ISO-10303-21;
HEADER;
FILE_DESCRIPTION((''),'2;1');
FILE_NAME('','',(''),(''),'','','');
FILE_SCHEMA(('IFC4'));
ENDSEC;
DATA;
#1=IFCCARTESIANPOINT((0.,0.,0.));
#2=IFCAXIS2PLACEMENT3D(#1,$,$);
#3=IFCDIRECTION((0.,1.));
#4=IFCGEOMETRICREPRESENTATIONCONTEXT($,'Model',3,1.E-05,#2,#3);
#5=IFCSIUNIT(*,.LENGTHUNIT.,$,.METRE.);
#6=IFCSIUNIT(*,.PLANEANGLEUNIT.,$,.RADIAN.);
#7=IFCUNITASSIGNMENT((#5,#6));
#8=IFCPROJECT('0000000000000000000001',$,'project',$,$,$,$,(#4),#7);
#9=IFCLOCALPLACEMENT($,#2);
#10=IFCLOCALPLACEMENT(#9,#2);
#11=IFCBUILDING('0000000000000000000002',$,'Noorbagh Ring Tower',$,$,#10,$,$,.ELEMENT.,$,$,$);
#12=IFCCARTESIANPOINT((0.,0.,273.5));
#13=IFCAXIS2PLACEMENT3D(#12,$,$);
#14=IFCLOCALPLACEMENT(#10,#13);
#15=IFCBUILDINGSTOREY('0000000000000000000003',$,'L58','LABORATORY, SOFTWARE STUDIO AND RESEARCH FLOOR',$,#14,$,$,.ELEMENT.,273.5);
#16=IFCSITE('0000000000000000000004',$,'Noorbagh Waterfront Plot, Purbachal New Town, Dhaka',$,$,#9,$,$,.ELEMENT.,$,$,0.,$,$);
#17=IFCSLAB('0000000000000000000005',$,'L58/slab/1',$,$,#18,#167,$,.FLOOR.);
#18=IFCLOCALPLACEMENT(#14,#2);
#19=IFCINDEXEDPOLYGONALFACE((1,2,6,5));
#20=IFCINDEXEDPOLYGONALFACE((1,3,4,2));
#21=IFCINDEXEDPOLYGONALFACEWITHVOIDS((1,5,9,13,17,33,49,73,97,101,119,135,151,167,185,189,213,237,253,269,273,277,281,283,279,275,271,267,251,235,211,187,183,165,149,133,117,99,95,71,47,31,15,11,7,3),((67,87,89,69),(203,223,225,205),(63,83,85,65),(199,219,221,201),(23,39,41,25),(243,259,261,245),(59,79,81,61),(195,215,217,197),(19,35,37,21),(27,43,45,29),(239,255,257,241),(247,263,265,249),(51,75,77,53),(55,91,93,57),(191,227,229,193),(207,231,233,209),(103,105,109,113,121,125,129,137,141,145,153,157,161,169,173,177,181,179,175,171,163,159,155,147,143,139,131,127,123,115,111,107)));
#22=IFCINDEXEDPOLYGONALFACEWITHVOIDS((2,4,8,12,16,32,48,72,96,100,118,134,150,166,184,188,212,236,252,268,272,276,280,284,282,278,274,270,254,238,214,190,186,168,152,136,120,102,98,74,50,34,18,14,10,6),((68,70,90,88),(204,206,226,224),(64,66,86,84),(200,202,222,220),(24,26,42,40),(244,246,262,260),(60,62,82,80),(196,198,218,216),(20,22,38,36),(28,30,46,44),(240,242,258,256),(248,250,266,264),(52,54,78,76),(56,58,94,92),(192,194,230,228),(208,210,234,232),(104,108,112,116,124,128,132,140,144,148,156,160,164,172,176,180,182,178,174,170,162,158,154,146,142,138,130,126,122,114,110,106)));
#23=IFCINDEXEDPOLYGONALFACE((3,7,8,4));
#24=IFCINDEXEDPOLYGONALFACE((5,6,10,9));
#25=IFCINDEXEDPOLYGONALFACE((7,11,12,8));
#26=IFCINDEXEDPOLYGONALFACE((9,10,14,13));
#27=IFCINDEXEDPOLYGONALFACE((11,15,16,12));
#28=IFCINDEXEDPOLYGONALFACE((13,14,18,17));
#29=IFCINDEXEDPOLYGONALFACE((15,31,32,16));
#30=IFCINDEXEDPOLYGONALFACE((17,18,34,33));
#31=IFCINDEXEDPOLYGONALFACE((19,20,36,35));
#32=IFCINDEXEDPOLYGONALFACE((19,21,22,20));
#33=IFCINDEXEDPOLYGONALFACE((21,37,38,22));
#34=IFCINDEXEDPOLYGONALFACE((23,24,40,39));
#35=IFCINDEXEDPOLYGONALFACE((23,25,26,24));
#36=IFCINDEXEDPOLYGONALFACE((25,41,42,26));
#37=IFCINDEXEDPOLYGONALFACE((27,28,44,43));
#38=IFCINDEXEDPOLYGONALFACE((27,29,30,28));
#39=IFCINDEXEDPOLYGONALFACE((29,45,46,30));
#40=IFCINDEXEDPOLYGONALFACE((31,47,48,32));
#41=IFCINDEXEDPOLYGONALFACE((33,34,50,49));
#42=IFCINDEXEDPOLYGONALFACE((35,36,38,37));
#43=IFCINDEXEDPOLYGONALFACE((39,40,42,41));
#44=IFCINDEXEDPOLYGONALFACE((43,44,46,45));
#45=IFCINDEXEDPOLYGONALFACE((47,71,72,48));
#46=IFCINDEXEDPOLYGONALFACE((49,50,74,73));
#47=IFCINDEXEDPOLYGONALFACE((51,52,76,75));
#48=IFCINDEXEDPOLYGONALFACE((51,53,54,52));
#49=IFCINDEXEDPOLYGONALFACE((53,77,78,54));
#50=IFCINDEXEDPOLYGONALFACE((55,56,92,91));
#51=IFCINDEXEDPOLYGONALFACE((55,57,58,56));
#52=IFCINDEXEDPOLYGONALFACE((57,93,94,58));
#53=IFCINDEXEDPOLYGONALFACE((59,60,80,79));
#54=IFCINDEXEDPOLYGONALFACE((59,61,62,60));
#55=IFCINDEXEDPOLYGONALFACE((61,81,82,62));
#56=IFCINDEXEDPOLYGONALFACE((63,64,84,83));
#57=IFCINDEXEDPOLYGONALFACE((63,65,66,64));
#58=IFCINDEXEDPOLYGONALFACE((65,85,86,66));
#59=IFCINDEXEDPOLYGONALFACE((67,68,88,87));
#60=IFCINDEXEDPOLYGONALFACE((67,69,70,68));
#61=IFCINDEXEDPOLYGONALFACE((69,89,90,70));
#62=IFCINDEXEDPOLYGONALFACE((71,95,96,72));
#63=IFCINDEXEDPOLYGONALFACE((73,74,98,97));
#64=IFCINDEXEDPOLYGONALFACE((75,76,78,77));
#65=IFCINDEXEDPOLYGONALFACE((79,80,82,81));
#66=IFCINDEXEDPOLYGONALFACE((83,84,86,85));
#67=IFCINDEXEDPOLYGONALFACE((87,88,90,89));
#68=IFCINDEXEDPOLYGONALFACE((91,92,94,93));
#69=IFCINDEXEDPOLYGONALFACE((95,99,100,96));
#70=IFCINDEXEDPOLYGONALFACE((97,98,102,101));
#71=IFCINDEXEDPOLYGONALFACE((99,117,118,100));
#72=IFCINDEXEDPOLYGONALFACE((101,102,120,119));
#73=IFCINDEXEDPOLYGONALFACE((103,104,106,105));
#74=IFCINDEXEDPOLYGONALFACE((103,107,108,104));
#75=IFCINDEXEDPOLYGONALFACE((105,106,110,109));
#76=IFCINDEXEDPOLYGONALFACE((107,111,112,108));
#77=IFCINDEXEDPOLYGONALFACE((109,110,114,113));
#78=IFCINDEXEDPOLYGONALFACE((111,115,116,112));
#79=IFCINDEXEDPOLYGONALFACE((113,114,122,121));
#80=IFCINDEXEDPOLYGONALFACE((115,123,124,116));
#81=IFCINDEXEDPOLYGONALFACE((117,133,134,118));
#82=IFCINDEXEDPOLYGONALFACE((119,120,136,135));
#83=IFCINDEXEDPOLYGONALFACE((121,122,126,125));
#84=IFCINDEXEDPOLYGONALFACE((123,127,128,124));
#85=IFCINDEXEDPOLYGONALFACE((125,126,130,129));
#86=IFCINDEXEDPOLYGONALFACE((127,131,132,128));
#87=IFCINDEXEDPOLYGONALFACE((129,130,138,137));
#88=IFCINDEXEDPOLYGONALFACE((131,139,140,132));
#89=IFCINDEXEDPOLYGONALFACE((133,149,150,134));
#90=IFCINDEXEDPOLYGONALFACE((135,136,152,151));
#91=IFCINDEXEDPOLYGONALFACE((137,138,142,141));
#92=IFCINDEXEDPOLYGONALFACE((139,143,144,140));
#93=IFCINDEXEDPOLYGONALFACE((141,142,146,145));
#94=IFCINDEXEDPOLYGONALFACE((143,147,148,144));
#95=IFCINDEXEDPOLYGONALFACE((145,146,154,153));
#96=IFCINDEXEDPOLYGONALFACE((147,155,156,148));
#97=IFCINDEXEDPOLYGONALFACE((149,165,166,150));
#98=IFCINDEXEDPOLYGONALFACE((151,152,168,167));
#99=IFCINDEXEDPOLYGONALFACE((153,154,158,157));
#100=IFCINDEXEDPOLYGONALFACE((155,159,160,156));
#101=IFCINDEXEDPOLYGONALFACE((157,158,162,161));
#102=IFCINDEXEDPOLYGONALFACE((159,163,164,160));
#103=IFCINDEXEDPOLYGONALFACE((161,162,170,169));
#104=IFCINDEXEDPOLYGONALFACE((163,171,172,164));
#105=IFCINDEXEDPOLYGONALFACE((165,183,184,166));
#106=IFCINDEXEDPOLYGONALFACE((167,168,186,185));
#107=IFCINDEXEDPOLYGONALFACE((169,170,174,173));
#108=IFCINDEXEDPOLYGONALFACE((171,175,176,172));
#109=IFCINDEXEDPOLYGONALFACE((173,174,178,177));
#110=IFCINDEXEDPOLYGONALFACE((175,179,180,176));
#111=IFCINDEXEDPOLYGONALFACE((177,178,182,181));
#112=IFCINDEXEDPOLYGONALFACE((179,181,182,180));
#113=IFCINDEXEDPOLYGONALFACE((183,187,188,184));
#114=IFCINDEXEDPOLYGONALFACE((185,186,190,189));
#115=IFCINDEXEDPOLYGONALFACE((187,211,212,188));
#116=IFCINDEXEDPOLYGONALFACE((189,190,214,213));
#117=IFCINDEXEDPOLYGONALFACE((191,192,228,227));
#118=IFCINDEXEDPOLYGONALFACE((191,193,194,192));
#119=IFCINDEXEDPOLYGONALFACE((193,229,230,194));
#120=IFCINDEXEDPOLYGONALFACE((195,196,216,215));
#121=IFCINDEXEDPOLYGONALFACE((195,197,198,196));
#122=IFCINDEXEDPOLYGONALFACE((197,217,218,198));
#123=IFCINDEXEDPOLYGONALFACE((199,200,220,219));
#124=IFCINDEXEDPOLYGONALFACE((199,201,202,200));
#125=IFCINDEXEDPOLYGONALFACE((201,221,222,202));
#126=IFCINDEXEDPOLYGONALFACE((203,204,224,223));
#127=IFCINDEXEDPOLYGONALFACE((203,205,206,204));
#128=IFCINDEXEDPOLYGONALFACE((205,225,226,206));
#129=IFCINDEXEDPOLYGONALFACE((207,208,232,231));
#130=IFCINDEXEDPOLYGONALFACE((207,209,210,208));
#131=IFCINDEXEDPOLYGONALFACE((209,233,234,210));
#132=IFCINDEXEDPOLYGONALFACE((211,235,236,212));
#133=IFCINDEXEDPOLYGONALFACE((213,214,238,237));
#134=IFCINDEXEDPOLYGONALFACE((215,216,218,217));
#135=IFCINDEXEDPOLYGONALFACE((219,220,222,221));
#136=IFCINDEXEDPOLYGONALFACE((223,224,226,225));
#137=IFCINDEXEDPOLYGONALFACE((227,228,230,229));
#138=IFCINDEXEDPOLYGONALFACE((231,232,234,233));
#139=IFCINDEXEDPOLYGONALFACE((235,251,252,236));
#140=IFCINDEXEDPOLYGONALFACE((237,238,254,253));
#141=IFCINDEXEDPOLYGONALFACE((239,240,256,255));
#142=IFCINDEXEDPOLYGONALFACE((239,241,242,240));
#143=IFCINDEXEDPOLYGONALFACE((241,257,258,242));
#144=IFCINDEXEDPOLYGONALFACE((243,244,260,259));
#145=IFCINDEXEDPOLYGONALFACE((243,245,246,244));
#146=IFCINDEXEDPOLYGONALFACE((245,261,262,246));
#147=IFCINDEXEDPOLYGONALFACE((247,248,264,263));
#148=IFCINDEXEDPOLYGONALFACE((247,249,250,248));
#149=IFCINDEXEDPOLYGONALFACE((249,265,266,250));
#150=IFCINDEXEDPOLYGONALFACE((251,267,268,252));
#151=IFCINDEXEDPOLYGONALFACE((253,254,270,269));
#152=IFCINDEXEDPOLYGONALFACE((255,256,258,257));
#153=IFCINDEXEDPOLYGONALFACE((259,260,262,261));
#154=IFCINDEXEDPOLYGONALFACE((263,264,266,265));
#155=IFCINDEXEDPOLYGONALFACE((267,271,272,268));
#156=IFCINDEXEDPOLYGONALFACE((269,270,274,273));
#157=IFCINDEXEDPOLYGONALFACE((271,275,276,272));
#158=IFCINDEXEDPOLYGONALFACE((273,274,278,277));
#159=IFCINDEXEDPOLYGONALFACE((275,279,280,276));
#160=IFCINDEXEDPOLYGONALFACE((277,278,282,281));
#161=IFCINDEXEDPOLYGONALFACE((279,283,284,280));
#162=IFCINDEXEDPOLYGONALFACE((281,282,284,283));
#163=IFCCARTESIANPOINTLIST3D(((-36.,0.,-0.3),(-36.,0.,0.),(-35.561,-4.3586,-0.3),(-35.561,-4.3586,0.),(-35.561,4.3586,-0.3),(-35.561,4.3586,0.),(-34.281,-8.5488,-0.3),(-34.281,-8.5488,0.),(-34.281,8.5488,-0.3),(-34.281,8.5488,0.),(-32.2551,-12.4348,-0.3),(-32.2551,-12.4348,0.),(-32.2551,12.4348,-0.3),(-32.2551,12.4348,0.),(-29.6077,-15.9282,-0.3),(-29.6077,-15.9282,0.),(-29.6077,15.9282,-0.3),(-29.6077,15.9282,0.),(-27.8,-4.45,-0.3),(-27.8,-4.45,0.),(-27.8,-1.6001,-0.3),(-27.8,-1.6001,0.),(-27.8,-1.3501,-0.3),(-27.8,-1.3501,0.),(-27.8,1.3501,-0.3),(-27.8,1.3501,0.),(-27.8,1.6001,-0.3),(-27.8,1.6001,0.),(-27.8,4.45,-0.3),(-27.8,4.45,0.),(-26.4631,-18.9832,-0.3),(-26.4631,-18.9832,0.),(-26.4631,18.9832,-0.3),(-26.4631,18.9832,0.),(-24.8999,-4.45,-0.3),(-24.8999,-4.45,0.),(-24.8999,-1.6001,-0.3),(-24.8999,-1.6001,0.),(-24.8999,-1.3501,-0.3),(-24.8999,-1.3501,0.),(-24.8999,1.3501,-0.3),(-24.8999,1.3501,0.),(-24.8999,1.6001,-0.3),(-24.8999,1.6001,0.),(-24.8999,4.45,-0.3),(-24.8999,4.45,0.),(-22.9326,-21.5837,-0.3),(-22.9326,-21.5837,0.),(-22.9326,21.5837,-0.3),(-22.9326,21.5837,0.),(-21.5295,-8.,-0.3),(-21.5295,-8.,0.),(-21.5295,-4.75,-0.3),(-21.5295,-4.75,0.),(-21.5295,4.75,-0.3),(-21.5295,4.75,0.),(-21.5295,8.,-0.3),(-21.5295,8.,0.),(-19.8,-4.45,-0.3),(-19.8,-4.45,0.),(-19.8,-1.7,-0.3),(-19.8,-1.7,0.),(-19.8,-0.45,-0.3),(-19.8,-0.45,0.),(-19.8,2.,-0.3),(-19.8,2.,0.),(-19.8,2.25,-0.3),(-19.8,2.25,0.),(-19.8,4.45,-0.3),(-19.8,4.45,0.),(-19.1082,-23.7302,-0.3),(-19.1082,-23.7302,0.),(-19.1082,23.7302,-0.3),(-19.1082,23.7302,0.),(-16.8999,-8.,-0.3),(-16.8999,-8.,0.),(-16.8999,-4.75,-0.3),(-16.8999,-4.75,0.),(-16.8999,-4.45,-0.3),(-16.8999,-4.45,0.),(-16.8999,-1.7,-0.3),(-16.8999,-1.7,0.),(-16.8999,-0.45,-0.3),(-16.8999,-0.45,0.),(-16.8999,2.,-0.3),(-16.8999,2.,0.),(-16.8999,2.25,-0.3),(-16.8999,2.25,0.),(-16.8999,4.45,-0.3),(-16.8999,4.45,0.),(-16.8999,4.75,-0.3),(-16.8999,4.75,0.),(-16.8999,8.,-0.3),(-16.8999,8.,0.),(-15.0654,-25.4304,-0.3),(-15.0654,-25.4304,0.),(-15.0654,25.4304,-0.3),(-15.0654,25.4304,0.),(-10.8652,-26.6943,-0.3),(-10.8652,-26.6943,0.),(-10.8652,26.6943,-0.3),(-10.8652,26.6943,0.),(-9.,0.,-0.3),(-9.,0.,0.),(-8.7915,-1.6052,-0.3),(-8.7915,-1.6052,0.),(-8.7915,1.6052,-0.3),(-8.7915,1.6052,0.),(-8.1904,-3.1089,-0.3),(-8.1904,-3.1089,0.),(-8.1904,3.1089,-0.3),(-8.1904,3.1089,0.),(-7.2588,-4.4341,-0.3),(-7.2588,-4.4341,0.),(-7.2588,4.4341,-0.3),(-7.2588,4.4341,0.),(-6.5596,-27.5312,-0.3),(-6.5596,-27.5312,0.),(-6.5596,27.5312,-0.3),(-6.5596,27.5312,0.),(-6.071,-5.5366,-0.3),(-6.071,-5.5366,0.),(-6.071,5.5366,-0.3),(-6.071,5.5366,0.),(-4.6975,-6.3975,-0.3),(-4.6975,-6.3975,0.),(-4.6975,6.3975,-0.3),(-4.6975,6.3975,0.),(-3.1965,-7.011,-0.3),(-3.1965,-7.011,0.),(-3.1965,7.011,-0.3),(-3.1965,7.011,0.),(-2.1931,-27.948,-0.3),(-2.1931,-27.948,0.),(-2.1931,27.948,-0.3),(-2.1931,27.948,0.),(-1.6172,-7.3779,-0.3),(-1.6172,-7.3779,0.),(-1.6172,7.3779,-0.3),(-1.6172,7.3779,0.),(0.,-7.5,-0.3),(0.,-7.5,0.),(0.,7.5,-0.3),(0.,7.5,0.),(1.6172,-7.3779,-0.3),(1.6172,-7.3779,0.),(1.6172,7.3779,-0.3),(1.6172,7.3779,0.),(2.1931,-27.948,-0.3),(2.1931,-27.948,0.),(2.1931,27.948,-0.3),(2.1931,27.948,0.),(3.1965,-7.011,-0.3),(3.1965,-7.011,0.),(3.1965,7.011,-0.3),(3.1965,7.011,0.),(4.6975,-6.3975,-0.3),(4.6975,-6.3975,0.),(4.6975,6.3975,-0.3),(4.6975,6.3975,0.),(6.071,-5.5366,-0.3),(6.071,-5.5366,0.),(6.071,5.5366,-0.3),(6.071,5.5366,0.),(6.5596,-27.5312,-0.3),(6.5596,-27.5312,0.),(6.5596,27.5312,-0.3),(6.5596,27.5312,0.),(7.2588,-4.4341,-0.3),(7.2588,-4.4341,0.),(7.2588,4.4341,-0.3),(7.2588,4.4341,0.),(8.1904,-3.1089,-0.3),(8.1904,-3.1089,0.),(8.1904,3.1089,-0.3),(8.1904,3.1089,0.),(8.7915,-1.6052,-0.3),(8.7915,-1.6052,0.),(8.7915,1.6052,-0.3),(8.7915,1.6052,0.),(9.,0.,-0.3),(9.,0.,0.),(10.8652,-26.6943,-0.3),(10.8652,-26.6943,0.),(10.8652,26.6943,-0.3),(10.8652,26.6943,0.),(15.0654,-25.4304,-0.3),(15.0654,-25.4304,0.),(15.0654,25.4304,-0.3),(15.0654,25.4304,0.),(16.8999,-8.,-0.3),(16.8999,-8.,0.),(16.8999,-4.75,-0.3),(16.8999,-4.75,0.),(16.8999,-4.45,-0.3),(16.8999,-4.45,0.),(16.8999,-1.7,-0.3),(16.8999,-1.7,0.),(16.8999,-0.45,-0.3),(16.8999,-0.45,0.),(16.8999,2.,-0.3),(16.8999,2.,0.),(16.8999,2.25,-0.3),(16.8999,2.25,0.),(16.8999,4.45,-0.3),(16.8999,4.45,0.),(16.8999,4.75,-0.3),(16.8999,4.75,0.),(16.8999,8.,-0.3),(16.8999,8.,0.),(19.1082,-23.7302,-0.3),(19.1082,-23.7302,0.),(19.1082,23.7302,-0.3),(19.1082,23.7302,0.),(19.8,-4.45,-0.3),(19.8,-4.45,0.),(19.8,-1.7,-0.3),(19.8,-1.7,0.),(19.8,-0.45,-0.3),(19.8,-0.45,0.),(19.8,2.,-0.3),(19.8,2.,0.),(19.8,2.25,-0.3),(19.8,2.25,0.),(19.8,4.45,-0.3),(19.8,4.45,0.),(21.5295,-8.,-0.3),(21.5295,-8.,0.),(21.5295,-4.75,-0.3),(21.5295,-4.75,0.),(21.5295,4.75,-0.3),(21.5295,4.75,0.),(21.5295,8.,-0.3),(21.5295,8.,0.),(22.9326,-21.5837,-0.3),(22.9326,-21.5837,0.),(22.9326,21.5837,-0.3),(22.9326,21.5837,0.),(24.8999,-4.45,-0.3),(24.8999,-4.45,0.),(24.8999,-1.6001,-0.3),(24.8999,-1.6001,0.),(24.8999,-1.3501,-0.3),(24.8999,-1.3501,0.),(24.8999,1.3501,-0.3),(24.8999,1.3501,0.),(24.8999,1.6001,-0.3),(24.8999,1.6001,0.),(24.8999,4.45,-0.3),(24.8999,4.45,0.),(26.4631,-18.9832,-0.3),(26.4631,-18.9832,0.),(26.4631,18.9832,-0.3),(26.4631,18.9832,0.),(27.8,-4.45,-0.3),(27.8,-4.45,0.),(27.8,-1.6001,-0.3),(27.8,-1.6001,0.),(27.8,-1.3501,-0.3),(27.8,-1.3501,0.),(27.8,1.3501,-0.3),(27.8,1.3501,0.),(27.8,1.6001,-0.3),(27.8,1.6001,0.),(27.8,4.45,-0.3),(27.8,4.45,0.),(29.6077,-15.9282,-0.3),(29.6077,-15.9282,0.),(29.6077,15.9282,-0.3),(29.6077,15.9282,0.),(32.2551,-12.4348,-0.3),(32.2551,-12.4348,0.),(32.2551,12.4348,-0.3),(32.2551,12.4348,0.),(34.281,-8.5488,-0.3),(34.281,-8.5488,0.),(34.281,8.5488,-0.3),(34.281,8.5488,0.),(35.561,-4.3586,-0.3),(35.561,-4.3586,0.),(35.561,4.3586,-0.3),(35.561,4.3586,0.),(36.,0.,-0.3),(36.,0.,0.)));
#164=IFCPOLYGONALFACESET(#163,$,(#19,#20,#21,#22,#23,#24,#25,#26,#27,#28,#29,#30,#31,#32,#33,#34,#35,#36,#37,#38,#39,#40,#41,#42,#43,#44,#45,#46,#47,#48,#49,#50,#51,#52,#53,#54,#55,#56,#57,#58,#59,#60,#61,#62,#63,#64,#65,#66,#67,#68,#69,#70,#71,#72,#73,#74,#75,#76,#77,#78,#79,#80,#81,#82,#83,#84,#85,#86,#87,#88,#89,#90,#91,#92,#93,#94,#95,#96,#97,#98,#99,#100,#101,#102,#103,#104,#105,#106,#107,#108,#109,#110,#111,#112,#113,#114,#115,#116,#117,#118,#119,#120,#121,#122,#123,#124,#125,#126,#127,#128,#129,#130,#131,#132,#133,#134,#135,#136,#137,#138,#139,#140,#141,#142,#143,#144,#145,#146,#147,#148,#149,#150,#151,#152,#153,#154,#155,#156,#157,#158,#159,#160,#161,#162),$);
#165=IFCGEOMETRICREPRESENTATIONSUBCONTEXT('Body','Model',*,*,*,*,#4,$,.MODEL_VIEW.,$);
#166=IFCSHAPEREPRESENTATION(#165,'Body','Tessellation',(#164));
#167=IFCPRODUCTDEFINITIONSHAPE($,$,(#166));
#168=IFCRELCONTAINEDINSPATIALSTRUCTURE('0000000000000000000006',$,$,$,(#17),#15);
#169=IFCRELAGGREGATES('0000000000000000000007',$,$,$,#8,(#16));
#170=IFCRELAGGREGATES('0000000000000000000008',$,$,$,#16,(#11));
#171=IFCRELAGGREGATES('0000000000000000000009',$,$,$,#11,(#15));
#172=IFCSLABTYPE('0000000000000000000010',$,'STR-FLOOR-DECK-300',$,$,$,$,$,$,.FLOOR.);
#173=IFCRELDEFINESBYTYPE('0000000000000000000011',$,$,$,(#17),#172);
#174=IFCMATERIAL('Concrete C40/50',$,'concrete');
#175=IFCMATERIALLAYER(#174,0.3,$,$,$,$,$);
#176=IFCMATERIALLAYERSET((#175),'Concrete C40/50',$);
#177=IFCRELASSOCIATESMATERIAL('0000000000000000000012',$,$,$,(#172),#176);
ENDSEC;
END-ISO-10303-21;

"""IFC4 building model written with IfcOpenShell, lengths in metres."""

from ifc_helpers import new_model, si_unit, direction, frame, origin, place, context, subcontext, project, spatial, polyline, outline, extrude, material, layer, layer_set, type_object, element, save


model = new_model("IFC4")

# Units and contexts
model_context = context("Model", 3, precision=1e-05, world=origin(), true_north=direction((0.0, 1.0)))
body_context = subcontext(model_context, "Body", "Model", "MODEL_VIEW")
ifc_project = project(units=[si_unit("LENGTHUNIT", "METRE"), si_unit("PLANEANGLEUNIT", "RADIAN")], contexts=[model_context])

# Site, building, storey
site_placement = place(None, origin())
site = spatial("IfcSite", under=ifc_project, at=site_placement, Name="Noorbagh Waterfront Plot, Purbachal New Town, Dhaka", CompositionType="ELEMENT", RefElevation=0.0)
building_placement = place(site_placement, origin())
building = spatial("IfcBuilding", under=site, at=building_placement, Name="Noorbagh Ring Tower", CompositionType="ELEMENT")
storey_placement = place(building_placement, frame((0.0, 0.0, 273.5)))
storey = spatial("IfcBuildingStorey", under=building, at=storey_placement, Name="L58", Description="LABORATORY, SOFTWARE STUDIO AND RESEARCH FLOOR", CompositionType="ELEMENT", Elevation=273.5)

# Slab
ifc_material_1 = material(Name="Concrete C40/50", Category="concrete")
ifc_layer_1 = layer(ifc_material_1, 0.3)
ifc_layer_set_1 = layer_set([ifc_layer_1], Name="Concrete C40/50")
slab_type_1 = type_object("IfcSlabType", Name="STR-FLOOR-DECK-300", PredefinedType="FLOOR", material=ifc_layer_set_1)
slab_1_placement = place(storey_placement, frame((0.0, 0.0, -0.3)))
element("IfcSlab", 1, at=slab_1_placement, inside=storey, type_object=slab_type_1, Name="L58/slab/1", PredefinedType="FLOOR", context=body_context, shape_type="SweptSolid", body=[
    extrude(outline(polyline([(36.0, 0.0), (35.561, 4.3586), (34.281, 8.5488), (32.2551, 12.4348), (29.6077, 15.9282), (26.4631, 18.9832), (22.9326, 21.5837), (19.1082, 23.7302), (15.0654, 25.4304), (10.8652, 26.6943), (6.5596, 27.5312), (2.1931, 27.948), (-2.1931, 27.948), (-6.5596, 27.5312), (-10.8652, 26.6943), (-15.0654, 25.4304), (-19.1082, 23.7302), (-22.9326, 21.5837), (-26.4631, 18.9832), (-29.6077, 15.9282), (-32.2551, 12.4348), (-34.281, 8.5488), (-35.561, 4.3586), (-36.0, 0.0), (-35.561, -4.3586), (-34.281, -8.5488), (-32.2551, -12.4348), (-29.6077, -15.9282), (-26.4631, -18.9832), (-22.9326, -21.5837), (-19.1082, -23.7302), (-15.0654, -25.4304), (-10.8652, -26.6943), (-6.5596, -27.5312), (-2.1931, -27.948), (2.1931, -27.948), (6.5596, -27.5312), (10.8652, -26.6943), (15.0654, -25.4304), (19.1082, -23.7302), (22.9326, -21.5837), (26.4631, -18.9832), (29.6077, -15.9282), (32.2551, -12.4348), (34.281, -8.5488), (35.561, -4.3586), (36.0, 0.0)]), holes=[polyline([(24.8999, 4.45), (27.8, 4.45), (27.8, 1.6001), (24.8999, 1.6001), (24.8999, 4.45)]), polyline([(24.8999, 1.3501), (27.8, 1.3501), (27.8, -1.3501), (24.8999, -1.3501), (24.8999, 1.3501)]), polyline([(24.8999, -1.6001), (27.8, -1.6001), (27.8, -4.45), (24.8999, -4.45), (24.8999, -1.6001)]), polyline([(21.5295, -8.0), (16.8999, -8.0), (16.8999, -4.75), (21.5295, -4.75), (21.5295, -8.0)]), polyline([(16.8999, 4.75), (16.8999, 8.0), (21.5295, 8.0), (21.5295, 4.75), (16.8999, 4.75)]), polyline([(19.8, 4.45), (19.8, 2.25), (16.8999, 2.25), (16.8999, 4.45), (19.8, 4.45)]), polyline([(16.8999, 2.0), (19.8, 2.0), (19.8, -0.45), (16.8999, -0.45), (16.8999, 2.0)]), polyline([(16.8999, -1.7), (19.8, -1.7), (19.8, -4.45), (16.8999, -4.45), (16.8999, -1.7)]), polyline([(4.6975, -6.3975), (3.1965, -7.011), (1.6172, -7.3779), (0.0, -7.5), (-1.6172, -7.3779), (-3.1965, -7.011), (-4.6975, -6.3975), (-6.071, -5.5366), (-7.2588, -4.4341), (-8.1904, -3.1089), (-8.7915, -1.6052), (-9.0, 0.0), (-8.7915, 1.6052), (-8.1904, 3.1089), (-7.2588, 4.4341), (-6.071, 5.5366), (-4.6975, 6.3975), (-3.1965, 7.011), (-1.6172, 7.3779), (0.0, 7.5), (1.6172, 7.3779), (3.1965, 7.011), (4.6975, 6.3975), (6.071, 5.5366), (7.2588, 4.4341), (8.1904, 3.1089), (8.7915, 1.6052), (9.0, 0.0), (8.7915, -1.6052), (8.1904, -3.1089), (7.2588, -4.4341), (6.071, -5.5366), (4.6975, -6.3975)]), polyline([(-16.8999, 2.25), (-19.8, 2.25), (-19.8, 4.45), (-16.8999, 4.45), (-16.8999, 2.25)]), polyline([(-16.8999, -0.45), (-19.8, -0.45), (-19.8, 2.0), (-16.8999, 2.0), (-16.8999, -0.45)]), polyline([(-16.8999, -4.45), (-19.8, -4.45), (-19.8, -1.7), (-16.8999, -1.7), (-16.8999, -4.45)]), polyline([(-21.5295, 8.0), (-16.8999, 8.0), (-16.8999, 4.75), (-21.5295, 4.75), (-21.5295, 8.0)]), polyline([(-21.5295, -4.75), (-16.8999, -4.75), (-16.8999, -8.0), (-21.5295, -8.0), (-21.5295, -4.75)]), polyline([(-24.8999, -4.45), (-27.8, -4.45), (-27.8, -1.6001), (-24.8999, -1.6001), (-24.8999, -4.45)]), polyline([(-24.8999, 1.6001), (-27.8, 1.6001), (-27.8, 4.45), (-24.8999, 4.45), (-24.8999, 1.6001)]), polyline([(-24.8999, -1.3501), (-27.8, -1.3501), (-27.8, 1.3501), (-24.8999, 1.3501), (-24.8999, -1.3501)])]), origin(), (0.0, 0.0, 1.0), 0.3),
])

save(model, "model.ifc")
